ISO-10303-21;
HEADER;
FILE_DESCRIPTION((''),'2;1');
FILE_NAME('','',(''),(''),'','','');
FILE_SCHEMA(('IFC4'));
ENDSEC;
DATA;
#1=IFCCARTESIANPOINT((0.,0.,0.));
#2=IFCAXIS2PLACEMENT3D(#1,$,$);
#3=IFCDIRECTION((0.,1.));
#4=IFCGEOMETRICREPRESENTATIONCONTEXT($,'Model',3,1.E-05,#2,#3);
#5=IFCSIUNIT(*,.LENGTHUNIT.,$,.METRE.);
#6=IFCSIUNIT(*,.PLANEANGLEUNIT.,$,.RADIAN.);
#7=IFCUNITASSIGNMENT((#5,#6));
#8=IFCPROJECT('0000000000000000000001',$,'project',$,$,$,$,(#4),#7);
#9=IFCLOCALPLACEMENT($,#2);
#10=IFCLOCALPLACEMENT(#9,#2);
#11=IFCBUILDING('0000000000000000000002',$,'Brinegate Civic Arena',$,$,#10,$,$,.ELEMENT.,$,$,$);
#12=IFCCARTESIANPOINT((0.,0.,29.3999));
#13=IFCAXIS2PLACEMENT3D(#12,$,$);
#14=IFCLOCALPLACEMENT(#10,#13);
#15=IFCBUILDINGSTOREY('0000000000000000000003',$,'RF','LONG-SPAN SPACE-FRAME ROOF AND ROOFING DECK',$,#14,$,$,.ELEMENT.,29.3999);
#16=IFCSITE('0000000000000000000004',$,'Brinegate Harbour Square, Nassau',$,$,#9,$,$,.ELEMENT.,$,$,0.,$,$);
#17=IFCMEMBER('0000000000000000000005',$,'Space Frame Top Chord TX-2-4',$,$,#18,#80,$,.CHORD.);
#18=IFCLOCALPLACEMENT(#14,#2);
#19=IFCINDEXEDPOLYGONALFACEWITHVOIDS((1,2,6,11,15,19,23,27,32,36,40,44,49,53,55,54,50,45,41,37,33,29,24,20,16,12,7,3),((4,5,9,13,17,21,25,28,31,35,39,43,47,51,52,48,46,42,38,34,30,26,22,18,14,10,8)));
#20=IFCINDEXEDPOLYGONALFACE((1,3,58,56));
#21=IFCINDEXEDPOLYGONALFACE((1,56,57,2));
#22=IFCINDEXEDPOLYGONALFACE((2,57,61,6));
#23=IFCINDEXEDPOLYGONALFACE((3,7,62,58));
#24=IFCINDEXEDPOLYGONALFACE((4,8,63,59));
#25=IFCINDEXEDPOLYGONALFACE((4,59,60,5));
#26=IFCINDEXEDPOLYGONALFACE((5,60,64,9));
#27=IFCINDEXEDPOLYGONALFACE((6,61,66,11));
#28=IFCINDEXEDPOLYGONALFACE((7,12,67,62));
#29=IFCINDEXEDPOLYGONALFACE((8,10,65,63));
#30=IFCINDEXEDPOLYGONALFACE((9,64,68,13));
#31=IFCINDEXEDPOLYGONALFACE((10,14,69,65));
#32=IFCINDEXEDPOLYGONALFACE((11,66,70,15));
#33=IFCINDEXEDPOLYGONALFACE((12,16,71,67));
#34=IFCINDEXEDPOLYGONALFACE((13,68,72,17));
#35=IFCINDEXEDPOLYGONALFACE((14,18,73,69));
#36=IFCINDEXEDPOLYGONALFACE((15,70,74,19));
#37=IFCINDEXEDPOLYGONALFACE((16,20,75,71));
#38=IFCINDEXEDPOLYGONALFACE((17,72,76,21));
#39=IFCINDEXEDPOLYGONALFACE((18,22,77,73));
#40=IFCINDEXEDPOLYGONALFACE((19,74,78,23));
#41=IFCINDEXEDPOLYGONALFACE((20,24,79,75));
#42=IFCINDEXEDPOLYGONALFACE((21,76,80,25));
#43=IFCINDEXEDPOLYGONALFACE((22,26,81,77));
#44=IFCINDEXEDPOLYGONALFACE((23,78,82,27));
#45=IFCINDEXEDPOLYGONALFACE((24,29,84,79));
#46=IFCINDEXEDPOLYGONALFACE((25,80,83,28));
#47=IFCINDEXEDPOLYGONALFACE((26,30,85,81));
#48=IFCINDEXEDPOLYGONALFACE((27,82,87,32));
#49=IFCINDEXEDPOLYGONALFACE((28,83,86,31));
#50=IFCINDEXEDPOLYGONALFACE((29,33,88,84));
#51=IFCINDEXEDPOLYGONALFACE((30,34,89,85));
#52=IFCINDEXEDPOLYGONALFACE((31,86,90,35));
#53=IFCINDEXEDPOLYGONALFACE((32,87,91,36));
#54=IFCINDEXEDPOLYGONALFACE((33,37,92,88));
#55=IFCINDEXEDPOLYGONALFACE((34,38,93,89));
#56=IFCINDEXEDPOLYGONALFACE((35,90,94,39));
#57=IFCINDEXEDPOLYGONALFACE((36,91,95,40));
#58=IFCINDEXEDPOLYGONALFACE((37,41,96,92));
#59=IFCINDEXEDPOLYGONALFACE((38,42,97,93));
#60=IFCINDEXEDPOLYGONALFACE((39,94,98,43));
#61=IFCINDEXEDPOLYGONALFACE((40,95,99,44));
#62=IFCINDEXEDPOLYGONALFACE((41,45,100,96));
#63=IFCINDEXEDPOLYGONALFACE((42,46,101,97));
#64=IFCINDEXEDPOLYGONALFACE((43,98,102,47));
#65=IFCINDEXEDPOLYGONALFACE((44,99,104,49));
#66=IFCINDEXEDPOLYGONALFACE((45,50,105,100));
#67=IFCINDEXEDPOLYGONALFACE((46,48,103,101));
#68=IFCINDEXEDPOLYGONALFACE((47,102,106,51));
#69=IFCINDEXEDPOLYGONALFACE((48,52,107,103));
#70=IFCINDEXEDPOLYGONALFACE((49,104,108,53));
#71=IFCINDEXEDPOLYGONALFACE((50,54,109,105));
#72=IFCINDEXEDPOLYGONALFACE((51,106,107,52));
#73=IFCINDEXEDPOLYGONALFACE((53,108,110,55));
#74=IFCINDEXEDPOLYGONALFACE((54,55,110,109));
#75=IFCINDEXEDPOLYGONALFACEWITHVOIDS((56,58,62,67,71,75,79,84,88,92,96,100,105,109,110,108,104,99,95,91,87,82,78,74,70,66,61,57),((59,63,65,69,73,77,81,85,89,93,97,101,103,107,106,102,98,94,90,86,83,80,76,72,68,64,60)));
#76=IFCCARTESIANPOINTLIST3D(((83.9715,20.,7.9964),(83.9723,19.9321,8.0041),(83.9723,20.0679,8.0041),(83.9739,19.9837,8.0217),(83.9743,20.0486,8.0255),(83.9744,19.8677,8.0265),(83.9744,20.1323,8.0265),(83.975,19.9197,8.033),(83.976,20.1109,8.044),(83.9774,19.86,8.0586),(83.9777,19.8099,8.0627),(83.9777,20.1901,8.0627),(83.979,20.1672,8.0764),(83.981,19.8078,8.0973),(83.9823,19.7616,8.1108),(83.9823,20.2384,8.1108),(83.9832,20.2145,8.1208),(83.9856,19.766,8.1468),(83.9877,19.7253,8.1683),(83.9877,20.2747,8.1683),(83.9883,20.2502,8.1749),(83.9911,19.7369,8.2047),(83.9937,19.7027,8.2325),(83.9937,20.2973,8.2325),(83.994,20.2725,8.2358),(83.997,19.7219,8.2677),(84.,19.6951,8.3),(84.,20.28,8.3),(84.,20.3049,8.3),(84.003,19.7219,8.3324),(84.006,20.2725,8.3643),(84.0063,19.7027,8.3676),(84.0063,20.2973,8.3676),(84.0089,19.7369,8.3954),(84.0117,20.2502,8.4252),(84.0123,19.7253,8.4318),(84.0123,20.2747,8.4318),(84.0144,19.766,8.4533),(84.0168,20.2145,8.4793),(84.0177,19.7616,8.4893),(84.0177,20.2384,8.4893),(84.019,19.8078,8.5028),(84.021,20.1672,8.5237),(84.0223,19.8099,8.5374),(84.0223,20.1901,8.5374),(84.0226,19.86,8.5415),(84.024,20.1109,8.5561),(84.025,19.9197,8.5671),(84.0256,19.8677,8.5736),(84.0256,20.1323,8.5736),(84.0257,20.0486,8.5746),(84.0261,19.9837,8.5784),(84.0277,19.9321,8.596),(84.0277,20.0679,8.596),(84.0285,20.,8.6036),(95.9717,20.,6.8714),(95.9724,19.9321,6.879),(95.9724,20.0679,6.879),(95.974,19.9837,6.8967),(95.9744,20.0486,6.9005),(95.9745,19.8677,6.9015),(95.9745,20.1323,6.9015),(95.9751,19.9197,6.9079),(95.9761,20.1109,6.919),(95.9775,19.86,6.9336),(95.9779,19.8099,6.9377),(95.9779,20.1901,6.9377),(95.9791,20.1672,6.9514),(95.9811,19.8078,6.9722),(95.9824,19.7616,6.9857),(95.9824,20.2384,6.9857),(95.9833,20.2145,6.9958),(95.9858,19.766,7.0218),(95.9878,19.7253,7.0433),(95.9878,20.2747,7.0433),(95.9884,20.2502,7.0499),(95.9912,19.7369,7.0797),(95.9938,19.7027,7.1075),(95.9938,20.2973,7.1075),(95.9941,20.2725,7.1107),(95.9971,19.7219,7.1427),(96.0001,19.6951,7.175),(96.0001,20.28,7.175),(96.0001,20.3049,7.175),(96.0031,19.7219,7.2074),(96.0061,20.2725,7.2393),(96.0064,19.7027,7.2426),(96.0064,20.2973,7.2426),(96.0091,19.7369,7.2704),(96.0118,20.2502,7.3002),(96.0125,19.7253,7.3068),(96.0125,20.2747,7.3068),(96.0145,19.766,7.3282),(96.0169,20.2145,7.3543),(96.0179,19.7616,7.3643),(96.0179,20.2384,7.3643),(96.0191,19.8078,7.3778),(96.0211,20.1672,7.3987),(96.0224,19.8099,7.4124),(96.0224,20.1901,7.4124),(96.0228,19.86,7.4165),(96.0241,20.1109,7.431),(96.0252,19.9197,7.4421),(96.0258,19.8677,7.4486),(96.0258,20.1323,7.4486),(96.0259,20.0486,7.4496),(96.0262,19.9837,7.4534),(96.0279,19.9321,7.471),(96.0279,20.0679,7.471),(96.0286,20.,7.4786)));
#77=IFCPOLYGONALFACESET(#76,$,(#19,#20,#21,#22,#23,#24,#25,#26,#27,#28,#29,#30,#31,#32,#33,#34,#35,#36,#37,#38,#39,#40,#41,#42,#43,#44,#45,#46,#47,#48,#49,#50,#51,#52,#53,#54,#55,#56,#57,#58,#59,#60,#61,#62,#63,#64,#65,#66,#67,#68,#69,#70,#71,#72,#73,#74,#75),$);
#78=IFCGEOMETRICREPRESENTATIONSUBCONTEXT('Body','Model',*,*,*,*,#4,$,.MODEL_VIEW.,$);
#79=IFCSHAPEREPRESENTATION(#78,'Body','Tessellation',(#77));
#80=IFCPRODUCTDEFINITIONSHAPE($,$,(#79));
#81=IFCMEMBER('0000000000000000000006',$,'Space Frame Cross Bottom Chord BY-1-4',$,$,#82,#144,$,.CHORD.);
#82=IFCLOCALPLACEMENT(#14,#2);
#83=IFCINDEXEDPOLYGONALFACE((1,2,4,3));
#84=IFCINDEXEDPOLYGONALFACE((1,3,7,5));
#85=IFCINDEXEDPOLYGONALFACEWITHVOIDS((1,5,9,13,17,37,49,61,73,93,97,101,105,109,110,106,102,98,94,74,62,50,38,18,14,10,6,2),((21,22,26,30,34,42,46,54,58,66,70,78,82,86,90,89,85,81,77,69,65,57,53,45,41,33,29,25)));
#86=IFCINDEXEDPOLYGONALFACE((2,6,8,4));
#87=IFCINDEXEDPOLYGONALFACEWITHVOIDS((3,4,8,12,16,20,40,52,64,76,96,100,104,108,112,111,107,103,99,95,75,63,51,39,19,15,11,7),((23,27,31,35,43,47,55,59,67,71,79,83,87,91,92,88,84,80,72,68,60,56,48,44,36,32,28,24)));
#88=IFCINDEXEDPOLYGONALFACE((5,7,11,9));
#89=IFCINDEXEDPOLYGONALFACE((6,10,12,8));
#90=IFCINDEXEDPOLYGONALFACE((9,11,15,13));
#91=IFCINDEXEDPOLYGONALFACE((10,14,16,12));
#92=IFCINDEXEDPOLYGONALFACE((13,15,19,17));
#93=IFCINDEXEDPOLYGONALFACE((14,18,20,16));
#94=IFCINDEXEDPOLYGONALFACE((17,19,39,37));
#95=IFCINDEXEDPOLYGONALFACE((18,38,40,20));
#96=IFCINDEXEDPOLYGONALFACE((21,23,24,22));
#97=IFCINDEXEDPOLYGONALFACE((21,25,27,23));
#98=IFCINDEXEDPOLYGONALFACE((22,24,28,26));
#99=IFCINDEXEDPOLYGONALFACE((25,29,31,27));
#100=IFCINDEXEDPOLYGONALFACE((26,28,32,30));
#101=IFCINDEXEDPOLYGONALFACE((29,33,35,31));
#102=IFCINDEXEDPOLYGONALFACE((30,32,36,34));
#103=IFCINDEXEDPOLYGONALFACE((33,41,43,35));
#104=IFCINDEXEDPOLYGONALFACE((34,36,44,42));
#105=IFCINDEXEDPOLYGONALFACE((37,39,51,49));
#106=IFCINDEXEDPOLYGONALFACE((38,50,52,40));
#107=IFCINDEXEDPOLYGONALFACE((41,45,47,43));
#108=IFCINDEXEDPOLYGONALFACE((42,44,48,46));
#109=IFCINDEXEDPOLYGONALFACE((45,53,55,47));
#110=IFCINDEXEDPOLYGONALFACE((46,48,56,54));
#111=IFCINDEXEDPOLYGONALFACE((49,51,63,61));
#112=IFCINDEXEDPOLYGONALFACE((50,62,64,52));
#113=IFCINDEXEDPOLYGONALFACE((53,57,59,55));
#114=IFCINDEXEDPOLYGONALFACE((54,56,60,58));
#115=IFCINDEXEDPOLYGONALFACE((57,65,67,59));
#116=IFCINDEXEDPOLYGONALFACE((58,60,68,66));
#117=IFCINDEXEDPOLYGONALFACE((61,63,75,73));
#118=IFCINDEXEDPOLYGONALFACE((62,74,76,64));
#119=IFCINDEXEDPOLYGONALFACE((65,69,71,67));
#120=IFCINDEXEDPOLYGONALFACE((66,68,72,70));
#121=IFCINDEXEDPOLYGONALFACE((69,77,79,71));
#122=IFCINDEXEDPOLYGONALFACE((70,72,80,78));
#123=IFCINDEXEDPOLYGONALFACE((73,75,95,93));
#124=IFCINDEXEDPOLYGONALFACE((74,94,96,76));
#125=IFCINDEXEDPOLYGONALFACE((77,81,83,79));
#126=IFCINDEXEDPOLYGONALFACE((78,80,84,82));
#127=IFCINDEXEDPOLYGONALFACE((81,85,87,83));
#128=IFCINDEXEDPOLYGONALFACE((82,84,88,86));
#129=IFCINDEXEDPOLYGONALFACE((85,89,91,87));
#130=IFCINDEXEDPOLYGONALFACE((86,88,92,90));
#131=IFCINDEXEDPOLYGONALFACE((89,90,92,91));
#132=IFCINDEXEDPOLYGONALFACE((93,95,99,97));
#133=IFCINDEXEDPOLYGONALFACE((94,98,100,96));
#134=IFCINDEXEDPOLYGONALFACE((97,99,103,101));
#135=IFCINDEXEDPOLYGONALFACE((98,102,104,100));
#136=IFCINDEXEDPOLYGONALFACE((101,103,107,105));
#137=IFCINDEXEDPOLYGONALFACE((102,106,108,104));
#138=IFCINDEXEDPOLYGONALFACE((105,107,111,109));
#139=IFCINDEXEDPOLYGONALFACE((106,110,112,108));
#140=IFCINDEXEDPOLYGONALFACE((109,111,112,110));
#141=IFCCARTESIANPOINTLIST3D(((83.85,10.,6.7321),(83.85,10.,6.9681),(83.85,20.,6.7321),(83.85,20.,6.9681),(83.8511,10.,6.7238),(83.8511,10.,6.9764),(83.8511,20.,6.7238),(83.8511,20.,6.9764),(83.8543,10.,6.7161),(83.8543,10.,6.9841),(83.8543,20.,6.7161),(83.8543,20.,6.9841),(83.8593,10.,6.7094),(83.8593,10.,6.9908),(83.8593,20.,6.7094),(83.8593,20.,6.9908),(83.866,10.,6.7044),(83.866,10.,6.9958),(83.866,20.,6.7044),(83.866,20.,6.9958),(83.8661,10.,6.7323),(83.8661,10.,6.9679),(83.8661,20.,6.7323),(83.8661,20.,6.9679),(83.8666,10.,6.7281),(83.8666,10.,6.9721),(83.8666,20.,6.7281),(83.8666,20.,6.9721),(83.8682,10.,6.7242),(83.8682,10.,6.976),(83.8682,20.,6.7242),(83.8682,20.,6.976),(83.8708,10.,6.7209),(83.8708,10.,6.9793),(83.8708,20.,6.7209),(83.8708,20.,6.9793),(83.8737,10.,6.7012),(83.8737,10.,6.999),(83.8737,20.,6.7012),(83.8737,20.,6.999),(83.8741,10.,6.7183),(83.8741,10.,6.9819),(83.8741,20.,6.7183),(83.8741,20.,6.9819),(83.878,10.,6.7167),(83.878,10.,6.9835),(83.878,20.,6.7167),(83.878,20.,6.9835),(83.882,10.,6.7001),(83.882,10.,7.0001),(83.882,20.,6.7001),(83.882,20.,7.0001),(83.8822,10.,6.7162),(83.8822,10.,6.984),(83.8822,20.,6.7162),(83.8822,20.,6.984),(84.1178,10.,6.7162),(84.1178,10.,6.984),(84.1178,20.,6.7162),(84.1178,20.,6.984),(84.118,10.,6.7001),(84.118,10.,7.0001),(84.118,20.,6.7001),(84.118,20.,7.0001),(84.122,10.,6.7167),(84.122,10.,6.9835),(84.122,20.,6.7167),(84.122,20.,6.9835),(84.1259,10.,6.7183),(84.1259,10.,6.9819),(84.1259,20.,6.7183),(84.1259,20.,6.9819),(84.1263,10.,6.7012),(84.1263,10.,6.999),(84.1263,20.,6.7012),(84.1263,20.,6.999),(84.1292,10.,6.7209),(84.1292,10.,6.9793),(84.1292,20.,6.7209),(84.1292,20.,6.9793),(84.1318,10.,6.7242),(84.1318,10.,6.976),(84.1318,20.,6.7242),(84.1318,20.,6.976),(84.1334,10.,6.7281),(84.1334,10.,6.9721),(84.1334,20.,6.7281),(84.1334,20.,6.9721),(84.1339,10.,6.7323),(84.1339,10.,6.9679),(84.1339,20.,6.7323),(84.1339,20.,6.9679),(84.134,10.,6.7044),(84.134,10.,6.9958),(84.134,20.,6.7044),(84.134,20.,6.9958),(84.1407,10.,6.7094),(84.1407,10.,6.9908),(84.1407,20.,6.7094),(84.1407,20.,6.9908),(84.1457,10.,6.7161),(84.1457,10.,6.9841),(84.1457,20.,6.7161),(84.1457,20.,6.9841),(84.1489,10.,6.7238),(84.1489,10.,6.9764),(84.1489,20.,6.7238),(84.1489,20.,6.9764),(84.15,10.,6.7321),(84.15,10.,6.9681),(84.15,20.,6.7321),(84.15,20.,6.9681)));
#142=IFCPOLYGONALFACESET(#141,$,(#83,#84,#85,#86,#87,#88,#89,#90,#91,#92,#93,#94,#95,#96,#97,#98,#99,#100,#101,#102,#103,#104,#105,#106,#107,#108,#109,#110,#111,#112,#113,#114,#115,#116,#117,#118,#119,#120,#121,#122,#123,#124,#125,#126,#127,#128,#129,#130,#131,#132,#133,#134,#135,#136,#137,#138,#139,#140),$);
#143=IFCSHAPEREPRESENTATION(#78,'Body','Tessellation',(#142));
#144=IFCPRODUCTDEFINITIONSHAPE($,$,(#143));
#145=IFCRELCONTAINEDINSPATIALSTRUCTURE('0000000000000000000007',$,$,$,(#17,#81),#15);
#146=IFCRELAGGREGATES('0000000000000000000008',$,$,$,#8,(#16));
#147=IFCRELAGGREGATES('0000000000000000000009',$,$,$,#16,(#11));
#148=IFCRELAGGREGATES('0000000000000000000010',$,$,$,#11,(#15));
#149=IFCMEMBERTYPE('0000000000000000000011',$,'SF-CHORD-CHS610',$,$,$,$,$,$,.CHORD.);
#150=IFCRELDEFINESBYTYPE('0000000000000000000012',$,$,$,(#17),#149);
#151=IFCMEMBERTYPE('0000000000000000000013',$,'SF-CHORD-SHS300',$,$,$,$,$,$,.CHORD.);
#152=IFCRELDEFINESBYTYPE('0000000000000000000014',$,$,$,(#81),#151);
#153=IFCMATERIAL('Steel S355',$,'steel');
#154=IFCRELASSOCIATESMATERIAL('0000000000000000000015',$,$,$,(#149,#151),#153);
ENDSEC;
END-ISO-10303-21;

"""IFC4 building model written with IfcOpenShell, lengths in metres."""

from ifc_helpers import new_model, si_unit, direction, frame, origin, origin_2d, place, context, subcontext, project, spatial, hollow_rectangle, hollow_circle, extrude, material, material_profile, profile_set, type_object, element, save


model = new_model("IFC4")

# Units and contexts
model_context = context("Model", 3, precision=1e-05, world=origin(), true_north=direction((0.0, 1.0)))
body_context = subcontext(model_context, "Body", "Model", "MODEL_VIEW")
ifc_project = project(units=[si_unit("LENGTHUNIT", "METRE"), si_unit("PLANEANGLEUNIT", "RADIAN")], contexts=[model_context])

# Site, building, storey
site_placement = place(None, origin())
site = spatial("IfcSite", under=ifc_project, at=site_placement, Name="Brinegate Harbour Square, Nassau", CompositionType="ELEMENT", RefElevation=0.0)
building_placement = place(site_placement, origin())
building = spatial("IfcBuilding", under=site, at=building_placement, Name="Brinegate Civic Arena", CompositionType="ELEMENT")
storey_placement = place(building_placement, frame((0.0, 0.0, 29.3999)))
storey = spatial("IfcBuildingStorey", under=building, at=storey_placement, Name="RF", Description="LONG-SPAN SPACE-FRAME ROOF AND ROOFING DECK", CompositionType="ELEMENT", Elevation=29.3999)

# Shared definitions
ifc_material_1 = material(Name="Steel S355", Category="steel")

# Members
ifc_material_profile_1 = material_profile(ifc_material_1, hollow_circle(Radius=0.3049, WallThickness=0.0249, at=origin_2d()), Name="CHS610X25")
ifc_profile_set_1 = profile_set([ifc_material_profile_1], Name="Steel S355")
member_type_1 = type_object("IfcMemberType", Name="SF-CHORD-CHS610", PredefinedType="CHORD", material=ifc_profile_set_1)
for number, where, z_axis, x_axis, name in (
    (1, (84.0, 20.0, 8.3), (0.995634, 0.0, -0.093341), (0.0, 1.0, 0.0), "Space Frame Top Chord TX-2-4"),
):
    element("IfcMember", number, at=place(storey_placement, frame(where, z_axis=z_axis, x_axis=x_axis)), inside=storey, type_object=member_type_1, Name=name, PredefinedType="CHORD", context=body_context, shape_type="SweptSolid", body=[
        extrude(hollow_circle(Radius=0.3049, WallThickness=0.0249, at=origin_2d()), origin(), (0.0, 0.0, 1.0), 12.0527),
    ])
ifc_material_profile_2 = material_profile(ifc_material_1, hollow_rectangle(XDim=0.3, YDim=0.3, WallThickness=0.0161, InnerFilletRadius=0.0161, OuterFilletRadius=0.032, at=origin_2d()), Name="SHS300X16")
ifc_profile_set_2 = profile_set([ifc_material_profile_2], Name="Steel S355")
member_type_2 = type_object("IfcMemberType", Name="SF-CHORD-SHS300", PredefinedType="CHORD", material=ifc_profile_set_2)
for number, where, z_axis, x_axis, name in (
    (2, (84.0, 10.0, 6.8501), (0.0, 1.0, 0.0), (-1.0, 0.0, 0.0), "Space Frame Cross Bottom Chord BY-1-4"),
):
    element("IfcMember", number, at=place(storey_placement, frame(where, z_axis=z_axis, x_axis=x_axis)), inside=storey, type_object=member_type_2, Name=name, PredefinedType="CHORD", context=body_context, shape_type="SweptSolid", body=[
        extrude(hollow_rectangle(XDim=0.3, YDim=0.3, WallThickness=0.0161, InnerFilletRadius=0.0161, OuterFilletRadius=0.032, at=origin_2d()), origin(), (0.0, 0.0, 1.0), 10.0),
    ])

save(model, "model.ifc")
